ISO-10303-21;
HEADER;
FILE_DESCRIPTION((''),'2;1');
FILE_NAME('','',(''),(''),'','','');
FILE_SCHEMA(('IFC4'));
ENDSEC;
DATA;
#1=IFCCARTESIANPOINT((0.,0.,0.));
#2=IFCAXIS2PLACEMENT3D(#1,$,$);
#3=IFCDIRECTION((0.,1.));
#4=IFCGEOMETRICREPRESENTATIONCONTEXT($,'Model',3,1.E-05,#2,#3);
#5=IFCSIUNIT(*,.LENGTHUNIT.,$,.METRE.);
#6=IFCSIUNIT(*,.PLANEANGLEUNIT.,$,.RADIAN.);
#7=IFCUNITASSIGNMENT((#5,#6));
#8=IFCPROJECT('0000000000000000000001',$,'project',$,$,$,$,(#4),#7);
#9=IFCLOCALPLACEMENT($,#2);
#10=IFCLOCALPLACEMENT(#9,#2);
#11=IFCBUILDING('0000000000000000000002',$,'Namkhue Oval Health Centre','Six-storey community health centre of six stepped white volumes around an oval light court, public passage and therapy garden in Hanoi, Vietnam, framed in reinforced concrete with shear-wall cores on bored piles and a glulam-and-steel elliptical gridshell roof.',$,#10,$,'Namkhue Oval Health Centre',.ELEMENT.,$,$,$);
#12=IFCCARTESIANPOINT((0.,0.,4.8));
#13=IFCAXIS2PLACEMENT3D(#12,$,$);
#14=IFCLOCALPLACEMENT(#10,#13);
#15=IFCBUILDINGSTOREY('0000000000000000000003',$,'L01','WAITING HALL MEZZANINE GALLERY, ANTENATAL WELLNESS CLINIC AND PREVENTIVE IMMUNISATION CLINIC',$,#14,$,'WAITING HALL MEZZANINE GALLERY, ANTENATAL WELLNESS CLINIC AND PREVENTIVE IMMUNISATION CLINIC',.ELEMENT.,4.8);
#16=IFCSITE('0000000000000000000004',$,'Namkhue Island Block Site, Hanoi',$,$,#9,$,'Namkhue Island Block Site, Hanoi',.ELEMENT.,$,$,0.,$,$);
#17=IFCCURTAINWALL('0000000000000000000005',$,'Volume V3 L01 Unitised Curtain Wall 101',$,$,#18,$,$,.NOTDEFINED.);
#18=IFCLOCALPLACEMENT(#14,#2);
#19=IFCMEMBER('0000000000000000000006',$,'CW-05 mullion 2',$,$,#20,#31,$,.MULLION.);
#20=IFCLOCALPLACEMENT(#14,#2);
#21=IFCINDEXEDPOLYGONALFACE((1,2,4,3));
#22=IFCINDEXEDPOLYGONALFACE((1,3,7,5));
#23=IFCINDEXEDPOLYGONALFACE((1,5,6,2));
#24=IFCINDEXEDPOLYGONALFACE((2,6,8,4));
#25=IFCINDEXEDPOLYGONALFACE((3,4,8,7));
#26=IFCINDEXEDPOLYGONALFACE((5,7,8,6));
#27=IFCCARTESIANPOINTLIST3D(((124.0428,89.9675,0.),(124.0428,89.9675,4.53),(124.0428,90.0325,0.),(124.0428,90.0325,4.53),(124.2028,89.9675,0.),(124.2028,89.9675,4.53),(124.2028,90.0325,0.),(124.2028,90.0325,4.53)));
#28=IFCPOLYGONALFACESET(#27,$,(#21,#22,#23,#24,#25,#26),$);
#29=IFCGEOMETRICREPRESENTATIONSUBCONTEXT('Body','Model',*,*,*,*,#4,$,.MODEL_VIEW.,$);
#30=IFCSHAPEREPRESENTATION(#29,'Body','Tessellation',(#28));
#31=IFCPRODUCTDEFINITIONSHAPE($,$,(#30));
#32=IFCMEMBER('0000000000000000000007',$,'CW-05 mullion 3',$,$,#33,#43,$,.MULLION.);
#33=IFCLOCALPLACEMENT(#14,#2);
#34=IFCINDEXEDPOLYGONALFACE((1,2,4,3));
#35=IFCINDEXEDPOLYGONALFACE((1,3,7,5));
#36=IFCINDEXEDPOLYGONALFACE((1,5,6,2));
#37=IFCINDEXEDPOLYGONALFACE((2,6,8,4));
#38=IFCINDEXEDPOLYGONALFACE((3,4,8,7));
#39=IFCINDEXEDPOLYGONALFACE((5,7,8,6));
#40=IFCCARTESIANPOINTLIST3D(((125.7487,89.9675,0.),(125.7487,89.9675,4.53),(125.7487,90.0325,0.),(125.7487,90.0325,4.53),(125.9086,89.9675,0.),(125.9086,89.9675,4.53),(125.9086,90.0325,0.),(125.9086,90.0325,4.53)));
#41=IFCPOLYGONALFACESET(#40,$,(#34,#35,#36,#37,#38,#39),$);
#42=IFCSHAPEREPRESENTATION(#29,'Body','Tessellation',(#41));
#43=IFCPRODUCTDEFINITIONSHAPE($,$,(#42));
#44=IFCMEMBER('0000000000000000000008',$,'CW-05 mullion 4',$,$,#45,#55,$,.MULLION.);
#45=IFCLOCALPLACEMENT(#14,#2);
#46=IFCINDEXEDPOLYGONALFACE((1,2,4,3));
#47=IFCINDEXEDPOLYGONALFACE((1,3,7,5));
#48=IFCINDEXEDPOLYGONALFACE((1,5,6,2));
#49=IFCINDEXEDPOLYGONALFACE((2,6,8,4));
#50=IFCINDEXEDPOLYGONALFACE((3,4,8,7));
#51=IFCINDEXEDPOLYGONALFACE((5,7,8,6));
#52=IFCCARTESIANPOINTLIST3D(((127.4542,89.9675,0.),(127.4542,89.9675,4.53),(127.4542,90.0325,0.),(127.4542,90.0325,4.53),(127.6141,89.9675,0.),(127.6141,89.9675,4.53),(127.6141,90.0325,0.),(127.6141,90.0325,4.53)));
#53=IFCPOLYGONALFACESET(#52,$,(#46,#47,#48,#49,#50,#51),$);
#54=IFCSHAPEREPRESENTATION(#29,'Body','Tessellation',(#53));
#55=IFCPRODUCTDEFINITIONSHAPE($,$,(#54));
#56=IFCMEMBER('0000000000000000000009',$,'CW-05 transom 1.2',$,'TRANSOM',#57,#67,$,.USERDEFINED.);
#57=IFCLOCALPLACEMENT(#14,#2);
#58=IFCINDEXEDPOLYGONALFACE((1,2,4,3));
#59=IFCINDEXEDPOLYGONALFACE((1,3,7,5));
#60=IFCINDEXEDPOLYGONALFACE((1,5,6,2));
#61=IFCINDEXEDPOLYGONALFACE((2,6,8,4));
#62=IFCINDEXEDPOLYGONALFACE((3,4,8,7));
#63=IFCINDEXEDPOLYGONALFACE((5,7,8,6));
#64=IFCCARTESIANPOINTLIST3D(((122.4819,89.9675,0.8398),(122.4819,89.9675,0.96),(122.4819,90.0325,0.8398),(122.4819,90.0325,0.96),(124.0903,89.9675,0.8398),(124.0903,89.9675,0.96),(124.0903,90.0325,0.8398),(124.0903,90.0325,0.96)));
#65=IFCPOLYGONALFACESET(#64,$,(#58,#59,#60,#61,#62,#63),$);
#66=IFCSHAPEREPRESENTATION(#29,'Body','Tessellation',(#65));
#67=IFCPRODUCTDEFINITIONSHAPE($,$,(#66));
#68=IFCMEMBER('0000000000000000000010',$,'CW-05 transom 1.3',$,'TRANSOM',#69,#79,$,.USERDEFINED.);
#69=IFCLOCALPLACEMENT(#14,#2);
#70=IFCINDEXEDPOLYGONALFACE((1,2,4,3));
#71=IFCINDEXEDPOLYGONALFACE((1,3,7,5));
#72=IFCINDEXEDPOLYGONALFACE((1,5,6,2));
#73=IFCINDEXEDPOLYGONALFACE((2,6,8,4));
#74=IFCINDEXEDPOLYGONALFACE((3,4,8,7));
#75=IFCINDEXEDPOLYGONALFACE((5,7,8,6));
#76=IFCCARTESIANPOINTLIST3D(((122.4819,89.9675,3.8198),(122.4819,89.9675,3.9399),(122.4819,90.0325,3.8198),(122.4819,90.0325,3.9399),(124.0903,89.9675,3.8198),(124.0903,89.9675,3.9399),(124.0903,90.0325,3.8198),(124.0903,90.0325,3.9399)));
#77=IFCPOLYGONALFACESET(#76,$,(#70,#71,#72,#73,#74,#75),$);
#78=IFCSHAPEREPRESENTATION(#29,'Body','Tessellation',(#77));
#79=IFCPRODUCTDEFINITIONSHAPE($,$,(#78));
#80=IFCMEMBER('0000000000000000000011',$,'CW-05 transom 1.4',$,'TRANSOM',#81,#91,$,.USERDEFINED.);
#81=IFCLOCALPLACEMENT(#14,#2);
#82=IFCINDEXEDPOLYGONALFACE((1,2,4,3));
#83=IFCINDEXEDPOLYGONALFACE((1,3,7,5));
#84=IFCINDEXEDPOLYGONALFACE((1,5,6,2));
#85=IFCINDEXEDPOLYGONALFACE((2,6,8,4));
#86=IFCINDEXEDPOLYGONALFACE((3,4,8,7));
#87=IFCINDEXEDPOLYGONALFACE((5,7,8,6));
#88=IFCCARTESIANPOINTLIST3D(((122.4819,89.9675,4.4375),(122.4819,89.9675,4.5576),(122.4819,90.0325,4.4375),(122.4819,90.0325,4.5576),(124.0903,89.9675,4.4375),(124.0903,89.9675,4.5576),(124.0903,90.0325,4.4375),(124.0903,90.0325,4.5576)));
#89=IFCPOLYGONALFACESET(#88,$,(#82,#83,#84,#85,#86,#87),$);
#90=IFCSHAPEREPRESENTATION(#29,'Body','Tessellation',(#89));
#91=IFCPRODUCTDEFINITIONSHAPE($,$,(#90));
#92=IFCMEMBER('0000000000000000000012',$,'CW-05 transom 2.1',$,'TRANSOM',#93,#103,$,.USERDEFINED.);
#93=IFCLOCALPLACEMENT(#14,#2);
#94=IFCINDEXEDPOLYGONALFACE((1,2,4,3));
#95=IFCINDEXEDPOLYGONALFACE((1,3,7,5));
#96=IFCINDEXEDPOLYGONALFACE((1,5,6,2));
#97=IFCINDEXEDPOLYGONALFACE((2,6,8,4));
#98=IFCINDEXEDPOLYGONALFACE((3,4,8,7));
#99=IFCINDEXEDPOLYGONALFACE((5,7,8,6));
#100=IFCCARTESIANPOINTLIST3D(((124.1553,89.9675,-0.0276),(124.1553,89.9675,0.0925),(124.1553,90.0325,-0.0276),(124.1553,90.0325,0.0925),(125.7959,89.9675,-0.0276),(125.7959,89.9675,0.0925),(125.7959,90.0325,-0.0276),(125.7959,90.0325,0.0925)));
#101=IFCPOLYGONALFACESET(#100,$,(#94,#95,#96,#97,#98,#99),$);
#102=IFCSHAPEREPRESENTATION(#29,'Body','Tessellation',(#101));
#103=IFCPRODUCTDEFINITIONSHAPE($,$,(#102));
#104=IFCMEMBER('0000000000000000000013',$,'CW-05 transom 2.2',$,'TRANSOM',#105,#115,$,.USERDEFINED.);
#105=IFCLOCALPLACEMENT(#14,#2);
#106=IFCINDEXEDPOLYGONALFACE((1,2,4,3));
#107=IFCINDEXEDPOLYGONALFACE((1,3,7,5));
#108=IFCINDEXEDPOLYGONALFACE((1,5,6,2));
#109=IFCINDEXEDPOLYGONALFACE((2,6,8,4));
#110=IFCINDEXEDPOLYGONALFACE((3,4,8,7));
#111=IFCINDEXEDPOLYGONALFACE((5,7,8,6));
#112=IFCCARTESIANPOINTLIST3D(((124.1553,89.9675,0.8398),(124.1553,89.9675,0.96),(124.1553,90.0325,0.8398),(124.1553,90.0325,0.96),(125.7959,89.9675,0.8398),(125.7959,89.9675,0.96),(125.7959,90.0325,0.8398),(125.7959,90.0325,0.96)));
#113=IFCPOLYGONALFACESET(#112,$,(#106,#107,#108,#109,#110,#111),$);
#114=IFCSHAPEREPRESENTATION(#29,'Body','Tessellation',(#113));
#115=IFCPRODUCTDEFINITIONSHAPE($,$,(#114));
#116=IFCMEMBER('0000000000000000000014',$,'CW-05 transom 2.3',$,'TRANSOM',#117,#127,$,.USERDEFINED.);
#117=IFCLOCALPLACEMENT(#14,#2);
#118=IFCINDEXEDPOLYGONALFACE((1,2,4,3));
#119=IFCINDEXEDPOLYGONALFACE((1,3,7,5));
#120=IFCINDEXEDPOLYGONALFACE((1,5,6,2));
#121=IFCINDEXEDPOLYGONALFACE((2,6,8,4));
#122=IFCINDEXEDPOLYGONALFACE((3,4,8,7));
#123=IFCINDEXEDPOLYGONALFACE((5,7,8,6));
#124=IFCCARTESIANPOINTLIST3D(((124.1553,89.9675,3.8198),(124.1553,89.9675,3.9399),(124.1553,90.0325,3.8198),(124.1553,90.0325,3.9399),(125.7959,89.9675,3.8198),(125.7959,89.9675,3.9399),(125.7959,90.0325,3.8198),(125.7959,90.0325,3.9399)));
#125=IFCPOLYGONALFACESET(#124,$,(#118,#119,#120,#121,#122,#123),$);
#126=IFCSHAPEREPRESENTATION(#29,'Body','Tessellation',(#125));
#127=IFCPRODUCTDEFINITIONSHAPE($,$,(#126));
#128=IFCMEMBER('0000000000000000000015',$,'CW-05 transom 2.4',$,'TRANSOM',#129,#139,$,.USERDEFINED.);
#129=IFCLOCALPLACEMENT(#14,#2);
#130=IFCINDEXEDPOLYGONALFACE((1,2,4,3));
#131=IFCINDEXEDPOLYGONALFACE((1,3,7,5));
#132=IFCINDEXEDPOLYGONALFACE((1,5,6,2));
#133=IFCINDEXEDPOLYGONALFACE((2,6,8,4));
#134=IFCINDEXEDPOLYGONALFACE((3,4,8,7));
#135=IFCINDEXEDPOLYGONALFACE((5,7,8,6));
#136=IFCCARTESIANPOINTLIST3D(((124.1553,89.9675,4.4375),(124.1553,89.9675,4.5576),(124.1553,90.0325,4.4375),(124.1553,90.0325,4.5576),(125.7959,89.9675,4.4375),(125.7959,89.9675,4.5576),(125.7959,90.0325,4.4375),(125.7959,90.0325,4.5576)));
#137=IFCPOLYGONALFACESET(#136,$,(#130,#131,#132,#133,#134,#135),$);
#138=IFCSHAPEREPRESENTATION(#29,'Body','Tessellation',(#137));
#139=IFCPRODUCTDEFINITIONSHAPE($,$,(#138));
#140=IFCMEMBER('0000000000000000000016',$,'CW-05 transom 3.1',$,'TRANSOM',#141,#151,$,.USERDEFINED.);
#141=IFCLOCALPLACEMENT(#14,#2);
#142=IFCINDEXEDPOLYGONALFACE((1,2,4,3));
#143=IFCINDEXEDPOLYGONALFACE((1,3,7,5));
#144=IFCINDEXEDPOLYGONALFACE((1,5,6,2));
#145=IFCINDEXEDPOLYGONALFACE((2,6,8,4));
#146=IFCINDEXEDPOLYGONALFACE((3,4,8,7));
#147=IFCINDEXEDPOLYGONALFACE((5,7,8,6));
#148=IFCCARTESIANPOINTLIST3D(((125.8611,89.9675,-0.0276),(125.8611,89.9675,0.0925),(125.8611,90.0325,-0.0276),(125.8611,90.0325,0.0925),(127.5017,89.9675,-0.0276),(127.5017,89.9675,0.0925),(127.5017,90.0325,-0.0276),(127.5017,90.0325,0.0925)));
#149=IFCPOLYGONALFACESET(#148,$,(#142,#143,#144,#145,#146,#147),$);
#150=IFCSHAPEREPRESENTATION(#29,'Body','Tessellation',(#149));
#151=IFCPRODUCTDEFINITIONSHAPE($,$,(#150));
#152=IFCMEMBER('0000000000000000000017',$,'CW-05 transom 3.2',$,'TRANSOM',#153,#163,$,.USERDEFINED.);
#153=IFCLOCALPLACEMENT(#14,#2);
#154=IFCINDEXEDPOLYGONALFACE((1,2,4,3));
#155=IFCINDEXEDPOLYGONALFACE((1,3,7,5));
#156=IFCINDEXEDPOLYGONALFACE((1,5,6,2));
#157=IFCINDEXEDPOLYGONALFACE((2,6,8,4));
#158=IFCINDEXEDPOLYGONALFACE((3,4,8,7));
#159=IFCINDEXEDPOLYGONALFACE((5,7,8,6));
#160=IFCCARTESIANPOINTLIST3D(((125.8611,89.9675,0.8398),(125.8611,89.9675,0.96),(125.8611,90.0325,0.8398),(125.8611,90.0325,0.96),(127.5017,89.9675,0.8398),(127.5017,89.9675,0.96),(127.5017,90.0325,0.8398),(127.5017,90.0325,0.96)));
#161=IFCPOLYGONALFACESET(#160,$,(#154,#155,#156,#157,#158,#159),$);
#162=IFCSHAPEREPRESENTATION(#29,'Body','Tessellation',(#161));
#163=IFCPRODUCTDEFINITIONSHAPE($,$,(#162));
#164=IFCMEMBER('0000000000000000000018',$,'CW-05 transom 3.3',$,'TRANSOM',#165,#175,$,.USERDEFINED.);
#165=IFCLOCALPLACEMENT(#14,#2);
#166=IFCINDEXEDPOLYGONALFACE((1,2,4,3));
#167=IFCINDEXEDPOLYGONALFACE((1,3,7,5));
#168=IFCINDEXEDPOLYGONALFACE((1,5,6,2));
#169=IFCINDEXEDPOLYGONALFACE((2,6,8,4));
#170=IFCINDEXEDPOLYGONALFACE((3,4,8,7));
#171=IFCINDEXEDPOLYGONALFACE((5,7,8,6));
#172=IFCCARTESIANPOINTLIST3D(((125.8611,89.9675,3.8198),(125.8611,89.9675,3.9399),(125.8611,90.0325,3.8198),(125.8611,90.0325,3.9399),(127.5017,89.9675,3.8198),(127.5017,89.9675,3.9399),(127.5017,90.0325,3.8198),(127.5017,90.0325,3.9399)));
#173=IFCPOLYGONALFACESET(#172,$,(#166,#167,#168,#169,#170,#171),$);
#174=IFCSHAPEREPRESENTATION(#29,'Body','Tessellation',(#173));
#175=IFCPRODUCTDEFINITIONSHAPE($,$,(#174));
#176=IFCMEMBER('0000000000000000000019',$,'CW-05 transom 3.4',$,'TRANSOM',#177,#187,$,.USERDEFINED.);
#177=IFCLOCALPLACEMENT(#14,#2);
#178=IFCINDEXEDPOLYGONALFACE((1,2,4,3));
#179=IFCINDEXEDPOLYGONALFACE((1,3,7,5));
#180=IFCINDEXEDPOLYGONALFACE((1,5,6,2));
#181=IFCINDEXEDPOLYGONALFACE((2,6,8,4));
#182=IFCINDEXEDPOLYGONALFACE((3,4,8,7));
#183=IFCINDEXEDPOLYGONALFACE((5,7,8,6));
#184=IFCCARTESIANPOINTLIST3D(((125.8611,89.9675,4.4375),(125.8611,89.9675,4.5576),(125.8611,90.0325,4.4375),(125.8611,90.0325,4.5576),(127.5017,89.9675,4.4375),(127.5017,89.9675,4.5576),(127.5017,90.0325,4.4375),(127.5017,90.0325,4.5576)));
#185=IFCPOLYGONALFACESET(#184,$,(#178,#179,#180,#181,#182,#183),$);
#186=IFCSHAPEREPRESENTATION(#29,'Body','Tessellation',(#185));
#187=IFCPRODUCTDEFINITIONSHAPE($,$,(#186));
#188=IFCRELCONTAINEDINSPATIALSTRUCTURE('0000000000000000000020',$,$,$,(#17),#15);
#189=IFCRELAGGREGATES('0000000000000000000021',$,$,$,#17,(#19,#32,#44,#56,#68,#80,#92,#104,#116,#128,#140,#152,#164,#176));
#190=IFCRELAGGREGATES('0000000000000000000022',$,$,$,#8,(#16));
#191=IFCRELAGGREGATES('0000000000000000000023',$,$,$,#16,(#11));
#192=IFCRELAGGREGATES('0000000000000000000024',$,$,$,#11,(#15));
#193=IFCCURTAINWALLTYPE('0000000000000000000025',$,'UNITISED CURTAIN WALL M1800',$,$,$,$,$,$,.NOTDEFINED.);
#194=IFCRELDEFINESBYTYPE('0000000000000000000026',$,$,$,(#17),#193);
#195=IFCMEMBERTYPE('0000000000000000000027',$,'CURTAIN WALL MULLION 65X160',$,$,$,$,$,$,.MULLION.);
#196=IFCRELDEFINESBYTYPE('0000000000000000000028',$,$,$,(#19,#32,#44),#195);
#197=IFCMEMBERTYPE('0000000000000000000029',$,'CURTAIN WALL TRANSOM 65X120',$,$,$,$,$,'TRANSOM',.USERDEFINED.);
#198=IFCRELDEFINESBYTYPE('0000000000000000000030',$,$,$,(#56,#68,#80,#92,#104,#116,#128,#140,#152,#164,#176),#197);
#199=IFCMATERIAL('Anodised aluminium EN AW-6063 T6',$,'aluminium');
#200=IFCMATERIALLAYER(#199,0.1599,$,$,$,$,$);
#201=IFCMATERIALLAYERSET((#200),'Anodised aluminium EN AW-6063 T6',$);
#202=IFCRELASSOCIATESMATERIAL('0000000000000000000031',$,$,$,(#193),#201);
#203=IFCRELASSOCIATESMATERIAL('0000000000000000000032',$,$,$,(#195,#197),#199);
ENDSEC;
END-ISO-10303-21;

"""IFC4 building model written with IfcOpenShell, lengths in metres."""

from ifc_helpers import new_model, si_unit, direction, frame, origin, origin_2d, place, context, subcontext, project, spatial, rectangle, extrude, material, layer, layer_set, material_profile, profile_set, type_object, element, aggregate, save


model = new_model("IFC4")

# Units and contexts
model_context = context("Model", 3, precision=1e-05, world=origin(), true_north=direction((0.0, 1.0)))
body_context = subcontext(model_context, "Body", "Model", "MODEL_VIEW")
ifc_project = project(units=[si_unit("LENGTHUNIT", "METRE"), si_unit("PLANEANGLEUNIT", "RADIAN")], contexts=[model_context])

# Site, building, storey
site_placement = place(None, origin())
site = spatial("IfcSite", under=ifc_project, at=site_placement, Name="Namkhue Island Block Site, Hanoi", LongName="Namkhue Island Block Site, Hanoi", CompositionType="ELEMENT", RefElevation=0.0)
building_placement = place(site_placement, origin())
building = spatial("IfcBuilding", under=site, at=building_placement, Name="Namkhue Oval Health Centre", Description="Six-storey community health centre of six stepped white volumes around an oval light court, public passage and therapy garden in Hanoi, Vietnam, framed in reinforced concrete with shear-wall cores on bored piles and a glulam-and-steel elliptical gridshell roof.", LongName="Namkhue Oval Health Centre", CompositionType="ELEMENT")
storey_placement = place(building_placement, frame((0.0, 0.0, 4.8)))
storey = spatial("IfcBuildingStorey", under=building, at=storey_placement, Name="L01", Description="WAITING HALL MEZZANINE GALLERY, ANTENATAL WELLNESS CLINIC AND PREVENTIVE IMMUNISATION CLINIC", LongName="WAITING HALL MEZZANINE GALLERY, ANTENATAL WELLNESS CLINIC AND PREVENTIVE IMMUNISATION CLINIC", CompositionType="ELEMENT", Elevation=4.8)

# Curtain wall, members
ifc_material_1 = material(Name="Anodised aluminium EN AW-6063 T6", Category="aluminium")
ifc_layer_1 = layer(ifc_material_1, 0.1599)
ifc_layer_set_1 = layer_set([ifc_layer_1], Name="Anodised aluminium EN AW-6063 T6")
curtain_wall_type = type_object("IfcCurtainWallType", Name="UNITISED CURTAIN WALL M1800", PredefinedType="NOTDEFINED", material=ifc_layer_set_1)
curtain_wall_placement = place(storey_placement, origin())
curtain_wall = element("IfcCurtainWall", 1, at=curtain_wall_placement, inside=storey, type_object=curtain_wall_type, Name="Volume V3 L01 Unitised Curtain Wall 101", PredefinedType="NOTDEFINED")
ifc_material_profile_1 = material_profile(ifc_material_1, rectangle(XDim=0.0649, YDim=0.1599, at=origin_2d()), Name="ALU 65x160")
ifc_profile_set_1 = profile_set([ifc_material_profile_1], Name="Anodised aluminium EN AW-6063 T6")
member_type_1 = type_object("IfcMemberType", Name="CURTAIN WALL MULLION 65X160", PredefinedType="MULLION", material=ifc_profile_set_1)
member_1_placement = place(storey_placement, frame((124.1228, 90.0, 0.0), z_axis=(0.0, 0.0, 1.0), x_axis=(0.0, 1.0, 0.0)))
member_1 = element("IfcMember", 2, at=member_1_placement, type_object=member_type_1, Name="CW-05 mullion 2", PredefinedType="MULLION", context=body_context, shape_type="SweptSolid", body=[
    extrude(rectangle(XDim=0.0649, YDim=0.1599, at=origin_2d()), origin(), (0.0, 0.0, 1.0), 4.53),
])
member_2_placement = place(storey_placement, frame((125.8286, 90.0, 0.0), z_axis=(0.0, 0.0, 1.0), x_axis=(0.0, 1.0, 0.0)))
member_2 = element("IfcMember", 3, at=member_2_placement, type_object=member_type_1, Name="CW-05 mullion 3", PredefinedType="MULLION", context=body_context, shape_type="SweptSolid", body=[
    extrude(rectangle(XDim=0.0649, YDim=0.1599, at=origin_2d()), origin(), (0.0, 0.0, 1.0), 4.53),
])
member_3_placement = place(storey_placement, frame((127.5342, 90.0, 0.0), z_axis=(0.0, 0.0, 1.0), x_axis=(0.0, 1.0, 0.0)))
member_3 = element("IfcMember", 4, at=member_3_placement, type_object=member_type_1, Name="CW-05 mullion 4", PredefinedType="MULLION", context=body_context, shape_type="SweptSolid", body=[
    extrude(rectangle(XDim=0.0649, YDim=0.1599, at=origin_2d()), origin(), (0.0, 0.0, 1.0), 4.53),
])
ifc_material_profile_2 = material_profile(ifc_material_1, rectangle(XDim=0.0649, YDim=0.1201, at=origin_2d()), Name="ALU 65x120")
ifc_profile_set_2 = profile_set([ifc_material_profile_2], Name="Anodised aluminium EN AW-6063 T6")
member_type_2 = type_object("IfcMemberType", Name="CURTAIN WALL TRANSOM 65X120", ElementType="TRANSOM", PredefinedType="USERDEFINED", material=ifc_profile_set_2)
member_4_placement = place(storey_placement, frame((122.4819, 90.0, 0.8999), z_axis=(1.0, 0.0, 0.0), x_axis=(0.0, 1.0, 0.0)))
member_4 = element("IfcMember", 5, at=member_4_placement, type_object=member_type_2, Name="CW-05 transom 1.2", ObjectType="TRANSOM", PredefinedType="USERDEFINED", context=body_context, shape_type="SweptSolid", body=[
    extrude(rectangle(XDim=0.0649, YDim=0.1201, at=origin_2d()), origin(), (0.0, 0.0, 1.0), 1.6084),
])
member_5_placement = place(storey_placement, frame((122.4819, 90.0, 3.8799), z_axis=(1.0, 0.0, 0.0), x_axis=(0.0, 1.0, 0.0)))
member_5 = element("IfcMember", 6, at=member_5_placement, type_object=member_type_2, Name="CW-05 transom 1.3", ObjectType="TRANSOM", PredefinedType="USERDEFINED", context=body_context, shape_type="SweptSolid", body=[
    extrude(rectangle(XDim=0.0649, YDim=0.1201, at=origin_2d()), origin(), (0.0, 0.0, 1.0), 1.6084),
])
member_6_placement = place(storey_placement, frame((122.4819, 90.0, 4.4976), z_axis=(1.0, 0.0, 0.0), x_axis=(0.0, 1.0, 0.0)))
member_6 = element("IfcMember", 7, at=member_6_placement, type_object=member_type_2, Name="CW-05 transom 1.4", ObjectType="TRANSOM", PredefinedType="USERDEFINED", context=body_context, shape_type="SweptSolid", body=[
    extrude(rectangle(XDim=0.0649, YDim=0.1201, at=origin_2d()), origin(), (0.0, 0.0, 1.0), 1.6084),
])
member_7_placement = place(storey_placement, frame((124.1553, 90.0, 0.0325), z_axis=(1.0, 0.0, 0.0), x_axis=(0.0, 1.0, 0.0)))
member_7 = element("IfcMember", 8, at=member_7_placement, type_object=member_type_2, Name="CW-05 transom 2.1", ObjectType="TRANSOM", PredefinedType="USERDEFINED", context=body_context, shape_type="SweptSolid", body=[
    extrude(rectangle(XDim=0.0649, YDim=0.1201, at=origin_2d()), origin(), (0.0, 0.0, 1.0), 1.6406),
])
member_8_placement = place(storey_placement, frame((124.1553, 90.0, 0.8999), z_axis=(1.0, 0.0, 0.0), x_axis=(0.0, 1.0, 0.0)))
member_8 = element("IfcMember", 9, at=member_8_placement, type_object=member_type_2, Name="CW-05 transom 2.2", ObjectType="TRANSOM", PredefinedType="USERDEFINED", context=body_context, shape_type="SweptSolid", body=[
    extrude(rectangle(XDim=0.0649, YDim=0.1201, at=origin_2d()), origin(), (0.0, 0.0, 1.0), 1.6406),
])
member_9_placement = place(storey_placement, frame((124.1553, 90.0, 3.8799), z_axis=(1.0, 0.0, 0.0), x_axis=(0.0, 1.0, 0.0)))
member_9 = element("IfcMember", 10, at=member_9_placement, type_object=member_type_2, Name="CW-05 transom 2.3", ObjectType="TRANSOM", PredefinedType="USERDEFINED", context=body_context, shape_type="SweptSolid", body=[
    extrude(rectangle(XDim=0.0649, YDim=0.1201, at=origin_2d()), origin(), (0.0, 0.0, 1.0), 1.6406),
])
member_10_placement = place(storey_placement, frame((124.1553, 90.0, 4.4976), z_axis=(1.0, 0.0, 0.0), x_axis=(0.0, 1.0, 0.0)))
member_10 = element("IfcMember", 11, at=member_10_placement, type_object=member_type_2, Name="CW-05 transom 2.4", ObjectType="TRANSOM", PredefinedType="USERDEFINED", context=body_context, shape_type="SweptSolid", body=[
    extrude(rectangle(XDim=0.0649, YDim=0.1201, at=origin_2d()), origin(), (0.0, 0.0, 1.0), 1.6406),
])
member_11_placement = place(storey_placement, frame((125.8611, 90.0, 0.0325), z_axis=(1.0, 0.0, 0.0), x_axis=(0.0, 1.0, 0.0)))
member_11 = element("IfcMember", 12, at=member_11_placement, type_object=member_type_2, Name="CW-05 transom 3.1", ObjectType="TRANSOM", PredefinedType="USERDEFINED", context=body_context, shape_type="SweptSolid", body=[
    extrude(rectangle(XDim=0.0649, YDim=0.1201, at=origin_2d()), origin(), (0.0, 0.0, 1.0), 1.6406),
])
member_12_placement = place(storey_placement, frame((125.8611, 90.0, 0.8999), z_axis=(1.0, 0.0, 0.0), x_axis=(0.0, 1.0, 0.0)))
member_12 = element("IfcMember", 13, at=member_12_placement, type_object=member_type_2, Name="CW-05 transom 3.2", ObjectType="TRANSOM", PredefinedType="USERDEFINED", context=body_context, shape_type="SweptSolid", body=[
    extrude(rectangle(XDim=0.0649, YDim=0.1201, at=origin_2d()), origin(), (0.0, 0.0, 1.0), 1.6406),
])
member_13_placement = place(storey_placement, frame((125.8611, 90.0, 3.8799), z_axis=(1.0, 0.0, 0.0), x_axis=(0.0, 1.0, 0.0)))
member_13 = element("IfcMember", 14, at=member_13_placement, type_object=member_type_2, Name="CW-05 transom 3.3", ObjectType="TRANSOM", PredefinedType="USERDEFINED", context=body_context, shape_type="SweptSolid", body=[
    extrude(rectangle(XDim=0.0649, YDim=0.1201, at=origin_2d()), origin(), (0.0, 0.0, 1.0), 1.6406),
])
member_14_placement = place(storey_placement, frame((125.8611, 90.0, 4.4976), z_axis=(1.0, 0.0, 0.0), x_axis=(0.0, 1.0, 0.0)))
member_14 = element("IfcMember", 15, at=member_14_placement, type_object=member_type_2, Name="CW-05 transom 3.4", ObjectType="TRANSOM", PredefinedType="USERDEFINED", context=body_context, shape_type="SweptSolid", body=[
    extrude(rectangle(XDim=0.0649, YDim=0.1201, at=origin_2d()), origin(), (0.0, 0.0, 1.0), 1.6406),
])
aggregate(curtain_wall, [member_1, member_2, member_3, member_4, member_5, member_6, member_7, member_8, member_9, member_10, member_11, member_12, member_13, member_14])

save(model, "model.ifc")
